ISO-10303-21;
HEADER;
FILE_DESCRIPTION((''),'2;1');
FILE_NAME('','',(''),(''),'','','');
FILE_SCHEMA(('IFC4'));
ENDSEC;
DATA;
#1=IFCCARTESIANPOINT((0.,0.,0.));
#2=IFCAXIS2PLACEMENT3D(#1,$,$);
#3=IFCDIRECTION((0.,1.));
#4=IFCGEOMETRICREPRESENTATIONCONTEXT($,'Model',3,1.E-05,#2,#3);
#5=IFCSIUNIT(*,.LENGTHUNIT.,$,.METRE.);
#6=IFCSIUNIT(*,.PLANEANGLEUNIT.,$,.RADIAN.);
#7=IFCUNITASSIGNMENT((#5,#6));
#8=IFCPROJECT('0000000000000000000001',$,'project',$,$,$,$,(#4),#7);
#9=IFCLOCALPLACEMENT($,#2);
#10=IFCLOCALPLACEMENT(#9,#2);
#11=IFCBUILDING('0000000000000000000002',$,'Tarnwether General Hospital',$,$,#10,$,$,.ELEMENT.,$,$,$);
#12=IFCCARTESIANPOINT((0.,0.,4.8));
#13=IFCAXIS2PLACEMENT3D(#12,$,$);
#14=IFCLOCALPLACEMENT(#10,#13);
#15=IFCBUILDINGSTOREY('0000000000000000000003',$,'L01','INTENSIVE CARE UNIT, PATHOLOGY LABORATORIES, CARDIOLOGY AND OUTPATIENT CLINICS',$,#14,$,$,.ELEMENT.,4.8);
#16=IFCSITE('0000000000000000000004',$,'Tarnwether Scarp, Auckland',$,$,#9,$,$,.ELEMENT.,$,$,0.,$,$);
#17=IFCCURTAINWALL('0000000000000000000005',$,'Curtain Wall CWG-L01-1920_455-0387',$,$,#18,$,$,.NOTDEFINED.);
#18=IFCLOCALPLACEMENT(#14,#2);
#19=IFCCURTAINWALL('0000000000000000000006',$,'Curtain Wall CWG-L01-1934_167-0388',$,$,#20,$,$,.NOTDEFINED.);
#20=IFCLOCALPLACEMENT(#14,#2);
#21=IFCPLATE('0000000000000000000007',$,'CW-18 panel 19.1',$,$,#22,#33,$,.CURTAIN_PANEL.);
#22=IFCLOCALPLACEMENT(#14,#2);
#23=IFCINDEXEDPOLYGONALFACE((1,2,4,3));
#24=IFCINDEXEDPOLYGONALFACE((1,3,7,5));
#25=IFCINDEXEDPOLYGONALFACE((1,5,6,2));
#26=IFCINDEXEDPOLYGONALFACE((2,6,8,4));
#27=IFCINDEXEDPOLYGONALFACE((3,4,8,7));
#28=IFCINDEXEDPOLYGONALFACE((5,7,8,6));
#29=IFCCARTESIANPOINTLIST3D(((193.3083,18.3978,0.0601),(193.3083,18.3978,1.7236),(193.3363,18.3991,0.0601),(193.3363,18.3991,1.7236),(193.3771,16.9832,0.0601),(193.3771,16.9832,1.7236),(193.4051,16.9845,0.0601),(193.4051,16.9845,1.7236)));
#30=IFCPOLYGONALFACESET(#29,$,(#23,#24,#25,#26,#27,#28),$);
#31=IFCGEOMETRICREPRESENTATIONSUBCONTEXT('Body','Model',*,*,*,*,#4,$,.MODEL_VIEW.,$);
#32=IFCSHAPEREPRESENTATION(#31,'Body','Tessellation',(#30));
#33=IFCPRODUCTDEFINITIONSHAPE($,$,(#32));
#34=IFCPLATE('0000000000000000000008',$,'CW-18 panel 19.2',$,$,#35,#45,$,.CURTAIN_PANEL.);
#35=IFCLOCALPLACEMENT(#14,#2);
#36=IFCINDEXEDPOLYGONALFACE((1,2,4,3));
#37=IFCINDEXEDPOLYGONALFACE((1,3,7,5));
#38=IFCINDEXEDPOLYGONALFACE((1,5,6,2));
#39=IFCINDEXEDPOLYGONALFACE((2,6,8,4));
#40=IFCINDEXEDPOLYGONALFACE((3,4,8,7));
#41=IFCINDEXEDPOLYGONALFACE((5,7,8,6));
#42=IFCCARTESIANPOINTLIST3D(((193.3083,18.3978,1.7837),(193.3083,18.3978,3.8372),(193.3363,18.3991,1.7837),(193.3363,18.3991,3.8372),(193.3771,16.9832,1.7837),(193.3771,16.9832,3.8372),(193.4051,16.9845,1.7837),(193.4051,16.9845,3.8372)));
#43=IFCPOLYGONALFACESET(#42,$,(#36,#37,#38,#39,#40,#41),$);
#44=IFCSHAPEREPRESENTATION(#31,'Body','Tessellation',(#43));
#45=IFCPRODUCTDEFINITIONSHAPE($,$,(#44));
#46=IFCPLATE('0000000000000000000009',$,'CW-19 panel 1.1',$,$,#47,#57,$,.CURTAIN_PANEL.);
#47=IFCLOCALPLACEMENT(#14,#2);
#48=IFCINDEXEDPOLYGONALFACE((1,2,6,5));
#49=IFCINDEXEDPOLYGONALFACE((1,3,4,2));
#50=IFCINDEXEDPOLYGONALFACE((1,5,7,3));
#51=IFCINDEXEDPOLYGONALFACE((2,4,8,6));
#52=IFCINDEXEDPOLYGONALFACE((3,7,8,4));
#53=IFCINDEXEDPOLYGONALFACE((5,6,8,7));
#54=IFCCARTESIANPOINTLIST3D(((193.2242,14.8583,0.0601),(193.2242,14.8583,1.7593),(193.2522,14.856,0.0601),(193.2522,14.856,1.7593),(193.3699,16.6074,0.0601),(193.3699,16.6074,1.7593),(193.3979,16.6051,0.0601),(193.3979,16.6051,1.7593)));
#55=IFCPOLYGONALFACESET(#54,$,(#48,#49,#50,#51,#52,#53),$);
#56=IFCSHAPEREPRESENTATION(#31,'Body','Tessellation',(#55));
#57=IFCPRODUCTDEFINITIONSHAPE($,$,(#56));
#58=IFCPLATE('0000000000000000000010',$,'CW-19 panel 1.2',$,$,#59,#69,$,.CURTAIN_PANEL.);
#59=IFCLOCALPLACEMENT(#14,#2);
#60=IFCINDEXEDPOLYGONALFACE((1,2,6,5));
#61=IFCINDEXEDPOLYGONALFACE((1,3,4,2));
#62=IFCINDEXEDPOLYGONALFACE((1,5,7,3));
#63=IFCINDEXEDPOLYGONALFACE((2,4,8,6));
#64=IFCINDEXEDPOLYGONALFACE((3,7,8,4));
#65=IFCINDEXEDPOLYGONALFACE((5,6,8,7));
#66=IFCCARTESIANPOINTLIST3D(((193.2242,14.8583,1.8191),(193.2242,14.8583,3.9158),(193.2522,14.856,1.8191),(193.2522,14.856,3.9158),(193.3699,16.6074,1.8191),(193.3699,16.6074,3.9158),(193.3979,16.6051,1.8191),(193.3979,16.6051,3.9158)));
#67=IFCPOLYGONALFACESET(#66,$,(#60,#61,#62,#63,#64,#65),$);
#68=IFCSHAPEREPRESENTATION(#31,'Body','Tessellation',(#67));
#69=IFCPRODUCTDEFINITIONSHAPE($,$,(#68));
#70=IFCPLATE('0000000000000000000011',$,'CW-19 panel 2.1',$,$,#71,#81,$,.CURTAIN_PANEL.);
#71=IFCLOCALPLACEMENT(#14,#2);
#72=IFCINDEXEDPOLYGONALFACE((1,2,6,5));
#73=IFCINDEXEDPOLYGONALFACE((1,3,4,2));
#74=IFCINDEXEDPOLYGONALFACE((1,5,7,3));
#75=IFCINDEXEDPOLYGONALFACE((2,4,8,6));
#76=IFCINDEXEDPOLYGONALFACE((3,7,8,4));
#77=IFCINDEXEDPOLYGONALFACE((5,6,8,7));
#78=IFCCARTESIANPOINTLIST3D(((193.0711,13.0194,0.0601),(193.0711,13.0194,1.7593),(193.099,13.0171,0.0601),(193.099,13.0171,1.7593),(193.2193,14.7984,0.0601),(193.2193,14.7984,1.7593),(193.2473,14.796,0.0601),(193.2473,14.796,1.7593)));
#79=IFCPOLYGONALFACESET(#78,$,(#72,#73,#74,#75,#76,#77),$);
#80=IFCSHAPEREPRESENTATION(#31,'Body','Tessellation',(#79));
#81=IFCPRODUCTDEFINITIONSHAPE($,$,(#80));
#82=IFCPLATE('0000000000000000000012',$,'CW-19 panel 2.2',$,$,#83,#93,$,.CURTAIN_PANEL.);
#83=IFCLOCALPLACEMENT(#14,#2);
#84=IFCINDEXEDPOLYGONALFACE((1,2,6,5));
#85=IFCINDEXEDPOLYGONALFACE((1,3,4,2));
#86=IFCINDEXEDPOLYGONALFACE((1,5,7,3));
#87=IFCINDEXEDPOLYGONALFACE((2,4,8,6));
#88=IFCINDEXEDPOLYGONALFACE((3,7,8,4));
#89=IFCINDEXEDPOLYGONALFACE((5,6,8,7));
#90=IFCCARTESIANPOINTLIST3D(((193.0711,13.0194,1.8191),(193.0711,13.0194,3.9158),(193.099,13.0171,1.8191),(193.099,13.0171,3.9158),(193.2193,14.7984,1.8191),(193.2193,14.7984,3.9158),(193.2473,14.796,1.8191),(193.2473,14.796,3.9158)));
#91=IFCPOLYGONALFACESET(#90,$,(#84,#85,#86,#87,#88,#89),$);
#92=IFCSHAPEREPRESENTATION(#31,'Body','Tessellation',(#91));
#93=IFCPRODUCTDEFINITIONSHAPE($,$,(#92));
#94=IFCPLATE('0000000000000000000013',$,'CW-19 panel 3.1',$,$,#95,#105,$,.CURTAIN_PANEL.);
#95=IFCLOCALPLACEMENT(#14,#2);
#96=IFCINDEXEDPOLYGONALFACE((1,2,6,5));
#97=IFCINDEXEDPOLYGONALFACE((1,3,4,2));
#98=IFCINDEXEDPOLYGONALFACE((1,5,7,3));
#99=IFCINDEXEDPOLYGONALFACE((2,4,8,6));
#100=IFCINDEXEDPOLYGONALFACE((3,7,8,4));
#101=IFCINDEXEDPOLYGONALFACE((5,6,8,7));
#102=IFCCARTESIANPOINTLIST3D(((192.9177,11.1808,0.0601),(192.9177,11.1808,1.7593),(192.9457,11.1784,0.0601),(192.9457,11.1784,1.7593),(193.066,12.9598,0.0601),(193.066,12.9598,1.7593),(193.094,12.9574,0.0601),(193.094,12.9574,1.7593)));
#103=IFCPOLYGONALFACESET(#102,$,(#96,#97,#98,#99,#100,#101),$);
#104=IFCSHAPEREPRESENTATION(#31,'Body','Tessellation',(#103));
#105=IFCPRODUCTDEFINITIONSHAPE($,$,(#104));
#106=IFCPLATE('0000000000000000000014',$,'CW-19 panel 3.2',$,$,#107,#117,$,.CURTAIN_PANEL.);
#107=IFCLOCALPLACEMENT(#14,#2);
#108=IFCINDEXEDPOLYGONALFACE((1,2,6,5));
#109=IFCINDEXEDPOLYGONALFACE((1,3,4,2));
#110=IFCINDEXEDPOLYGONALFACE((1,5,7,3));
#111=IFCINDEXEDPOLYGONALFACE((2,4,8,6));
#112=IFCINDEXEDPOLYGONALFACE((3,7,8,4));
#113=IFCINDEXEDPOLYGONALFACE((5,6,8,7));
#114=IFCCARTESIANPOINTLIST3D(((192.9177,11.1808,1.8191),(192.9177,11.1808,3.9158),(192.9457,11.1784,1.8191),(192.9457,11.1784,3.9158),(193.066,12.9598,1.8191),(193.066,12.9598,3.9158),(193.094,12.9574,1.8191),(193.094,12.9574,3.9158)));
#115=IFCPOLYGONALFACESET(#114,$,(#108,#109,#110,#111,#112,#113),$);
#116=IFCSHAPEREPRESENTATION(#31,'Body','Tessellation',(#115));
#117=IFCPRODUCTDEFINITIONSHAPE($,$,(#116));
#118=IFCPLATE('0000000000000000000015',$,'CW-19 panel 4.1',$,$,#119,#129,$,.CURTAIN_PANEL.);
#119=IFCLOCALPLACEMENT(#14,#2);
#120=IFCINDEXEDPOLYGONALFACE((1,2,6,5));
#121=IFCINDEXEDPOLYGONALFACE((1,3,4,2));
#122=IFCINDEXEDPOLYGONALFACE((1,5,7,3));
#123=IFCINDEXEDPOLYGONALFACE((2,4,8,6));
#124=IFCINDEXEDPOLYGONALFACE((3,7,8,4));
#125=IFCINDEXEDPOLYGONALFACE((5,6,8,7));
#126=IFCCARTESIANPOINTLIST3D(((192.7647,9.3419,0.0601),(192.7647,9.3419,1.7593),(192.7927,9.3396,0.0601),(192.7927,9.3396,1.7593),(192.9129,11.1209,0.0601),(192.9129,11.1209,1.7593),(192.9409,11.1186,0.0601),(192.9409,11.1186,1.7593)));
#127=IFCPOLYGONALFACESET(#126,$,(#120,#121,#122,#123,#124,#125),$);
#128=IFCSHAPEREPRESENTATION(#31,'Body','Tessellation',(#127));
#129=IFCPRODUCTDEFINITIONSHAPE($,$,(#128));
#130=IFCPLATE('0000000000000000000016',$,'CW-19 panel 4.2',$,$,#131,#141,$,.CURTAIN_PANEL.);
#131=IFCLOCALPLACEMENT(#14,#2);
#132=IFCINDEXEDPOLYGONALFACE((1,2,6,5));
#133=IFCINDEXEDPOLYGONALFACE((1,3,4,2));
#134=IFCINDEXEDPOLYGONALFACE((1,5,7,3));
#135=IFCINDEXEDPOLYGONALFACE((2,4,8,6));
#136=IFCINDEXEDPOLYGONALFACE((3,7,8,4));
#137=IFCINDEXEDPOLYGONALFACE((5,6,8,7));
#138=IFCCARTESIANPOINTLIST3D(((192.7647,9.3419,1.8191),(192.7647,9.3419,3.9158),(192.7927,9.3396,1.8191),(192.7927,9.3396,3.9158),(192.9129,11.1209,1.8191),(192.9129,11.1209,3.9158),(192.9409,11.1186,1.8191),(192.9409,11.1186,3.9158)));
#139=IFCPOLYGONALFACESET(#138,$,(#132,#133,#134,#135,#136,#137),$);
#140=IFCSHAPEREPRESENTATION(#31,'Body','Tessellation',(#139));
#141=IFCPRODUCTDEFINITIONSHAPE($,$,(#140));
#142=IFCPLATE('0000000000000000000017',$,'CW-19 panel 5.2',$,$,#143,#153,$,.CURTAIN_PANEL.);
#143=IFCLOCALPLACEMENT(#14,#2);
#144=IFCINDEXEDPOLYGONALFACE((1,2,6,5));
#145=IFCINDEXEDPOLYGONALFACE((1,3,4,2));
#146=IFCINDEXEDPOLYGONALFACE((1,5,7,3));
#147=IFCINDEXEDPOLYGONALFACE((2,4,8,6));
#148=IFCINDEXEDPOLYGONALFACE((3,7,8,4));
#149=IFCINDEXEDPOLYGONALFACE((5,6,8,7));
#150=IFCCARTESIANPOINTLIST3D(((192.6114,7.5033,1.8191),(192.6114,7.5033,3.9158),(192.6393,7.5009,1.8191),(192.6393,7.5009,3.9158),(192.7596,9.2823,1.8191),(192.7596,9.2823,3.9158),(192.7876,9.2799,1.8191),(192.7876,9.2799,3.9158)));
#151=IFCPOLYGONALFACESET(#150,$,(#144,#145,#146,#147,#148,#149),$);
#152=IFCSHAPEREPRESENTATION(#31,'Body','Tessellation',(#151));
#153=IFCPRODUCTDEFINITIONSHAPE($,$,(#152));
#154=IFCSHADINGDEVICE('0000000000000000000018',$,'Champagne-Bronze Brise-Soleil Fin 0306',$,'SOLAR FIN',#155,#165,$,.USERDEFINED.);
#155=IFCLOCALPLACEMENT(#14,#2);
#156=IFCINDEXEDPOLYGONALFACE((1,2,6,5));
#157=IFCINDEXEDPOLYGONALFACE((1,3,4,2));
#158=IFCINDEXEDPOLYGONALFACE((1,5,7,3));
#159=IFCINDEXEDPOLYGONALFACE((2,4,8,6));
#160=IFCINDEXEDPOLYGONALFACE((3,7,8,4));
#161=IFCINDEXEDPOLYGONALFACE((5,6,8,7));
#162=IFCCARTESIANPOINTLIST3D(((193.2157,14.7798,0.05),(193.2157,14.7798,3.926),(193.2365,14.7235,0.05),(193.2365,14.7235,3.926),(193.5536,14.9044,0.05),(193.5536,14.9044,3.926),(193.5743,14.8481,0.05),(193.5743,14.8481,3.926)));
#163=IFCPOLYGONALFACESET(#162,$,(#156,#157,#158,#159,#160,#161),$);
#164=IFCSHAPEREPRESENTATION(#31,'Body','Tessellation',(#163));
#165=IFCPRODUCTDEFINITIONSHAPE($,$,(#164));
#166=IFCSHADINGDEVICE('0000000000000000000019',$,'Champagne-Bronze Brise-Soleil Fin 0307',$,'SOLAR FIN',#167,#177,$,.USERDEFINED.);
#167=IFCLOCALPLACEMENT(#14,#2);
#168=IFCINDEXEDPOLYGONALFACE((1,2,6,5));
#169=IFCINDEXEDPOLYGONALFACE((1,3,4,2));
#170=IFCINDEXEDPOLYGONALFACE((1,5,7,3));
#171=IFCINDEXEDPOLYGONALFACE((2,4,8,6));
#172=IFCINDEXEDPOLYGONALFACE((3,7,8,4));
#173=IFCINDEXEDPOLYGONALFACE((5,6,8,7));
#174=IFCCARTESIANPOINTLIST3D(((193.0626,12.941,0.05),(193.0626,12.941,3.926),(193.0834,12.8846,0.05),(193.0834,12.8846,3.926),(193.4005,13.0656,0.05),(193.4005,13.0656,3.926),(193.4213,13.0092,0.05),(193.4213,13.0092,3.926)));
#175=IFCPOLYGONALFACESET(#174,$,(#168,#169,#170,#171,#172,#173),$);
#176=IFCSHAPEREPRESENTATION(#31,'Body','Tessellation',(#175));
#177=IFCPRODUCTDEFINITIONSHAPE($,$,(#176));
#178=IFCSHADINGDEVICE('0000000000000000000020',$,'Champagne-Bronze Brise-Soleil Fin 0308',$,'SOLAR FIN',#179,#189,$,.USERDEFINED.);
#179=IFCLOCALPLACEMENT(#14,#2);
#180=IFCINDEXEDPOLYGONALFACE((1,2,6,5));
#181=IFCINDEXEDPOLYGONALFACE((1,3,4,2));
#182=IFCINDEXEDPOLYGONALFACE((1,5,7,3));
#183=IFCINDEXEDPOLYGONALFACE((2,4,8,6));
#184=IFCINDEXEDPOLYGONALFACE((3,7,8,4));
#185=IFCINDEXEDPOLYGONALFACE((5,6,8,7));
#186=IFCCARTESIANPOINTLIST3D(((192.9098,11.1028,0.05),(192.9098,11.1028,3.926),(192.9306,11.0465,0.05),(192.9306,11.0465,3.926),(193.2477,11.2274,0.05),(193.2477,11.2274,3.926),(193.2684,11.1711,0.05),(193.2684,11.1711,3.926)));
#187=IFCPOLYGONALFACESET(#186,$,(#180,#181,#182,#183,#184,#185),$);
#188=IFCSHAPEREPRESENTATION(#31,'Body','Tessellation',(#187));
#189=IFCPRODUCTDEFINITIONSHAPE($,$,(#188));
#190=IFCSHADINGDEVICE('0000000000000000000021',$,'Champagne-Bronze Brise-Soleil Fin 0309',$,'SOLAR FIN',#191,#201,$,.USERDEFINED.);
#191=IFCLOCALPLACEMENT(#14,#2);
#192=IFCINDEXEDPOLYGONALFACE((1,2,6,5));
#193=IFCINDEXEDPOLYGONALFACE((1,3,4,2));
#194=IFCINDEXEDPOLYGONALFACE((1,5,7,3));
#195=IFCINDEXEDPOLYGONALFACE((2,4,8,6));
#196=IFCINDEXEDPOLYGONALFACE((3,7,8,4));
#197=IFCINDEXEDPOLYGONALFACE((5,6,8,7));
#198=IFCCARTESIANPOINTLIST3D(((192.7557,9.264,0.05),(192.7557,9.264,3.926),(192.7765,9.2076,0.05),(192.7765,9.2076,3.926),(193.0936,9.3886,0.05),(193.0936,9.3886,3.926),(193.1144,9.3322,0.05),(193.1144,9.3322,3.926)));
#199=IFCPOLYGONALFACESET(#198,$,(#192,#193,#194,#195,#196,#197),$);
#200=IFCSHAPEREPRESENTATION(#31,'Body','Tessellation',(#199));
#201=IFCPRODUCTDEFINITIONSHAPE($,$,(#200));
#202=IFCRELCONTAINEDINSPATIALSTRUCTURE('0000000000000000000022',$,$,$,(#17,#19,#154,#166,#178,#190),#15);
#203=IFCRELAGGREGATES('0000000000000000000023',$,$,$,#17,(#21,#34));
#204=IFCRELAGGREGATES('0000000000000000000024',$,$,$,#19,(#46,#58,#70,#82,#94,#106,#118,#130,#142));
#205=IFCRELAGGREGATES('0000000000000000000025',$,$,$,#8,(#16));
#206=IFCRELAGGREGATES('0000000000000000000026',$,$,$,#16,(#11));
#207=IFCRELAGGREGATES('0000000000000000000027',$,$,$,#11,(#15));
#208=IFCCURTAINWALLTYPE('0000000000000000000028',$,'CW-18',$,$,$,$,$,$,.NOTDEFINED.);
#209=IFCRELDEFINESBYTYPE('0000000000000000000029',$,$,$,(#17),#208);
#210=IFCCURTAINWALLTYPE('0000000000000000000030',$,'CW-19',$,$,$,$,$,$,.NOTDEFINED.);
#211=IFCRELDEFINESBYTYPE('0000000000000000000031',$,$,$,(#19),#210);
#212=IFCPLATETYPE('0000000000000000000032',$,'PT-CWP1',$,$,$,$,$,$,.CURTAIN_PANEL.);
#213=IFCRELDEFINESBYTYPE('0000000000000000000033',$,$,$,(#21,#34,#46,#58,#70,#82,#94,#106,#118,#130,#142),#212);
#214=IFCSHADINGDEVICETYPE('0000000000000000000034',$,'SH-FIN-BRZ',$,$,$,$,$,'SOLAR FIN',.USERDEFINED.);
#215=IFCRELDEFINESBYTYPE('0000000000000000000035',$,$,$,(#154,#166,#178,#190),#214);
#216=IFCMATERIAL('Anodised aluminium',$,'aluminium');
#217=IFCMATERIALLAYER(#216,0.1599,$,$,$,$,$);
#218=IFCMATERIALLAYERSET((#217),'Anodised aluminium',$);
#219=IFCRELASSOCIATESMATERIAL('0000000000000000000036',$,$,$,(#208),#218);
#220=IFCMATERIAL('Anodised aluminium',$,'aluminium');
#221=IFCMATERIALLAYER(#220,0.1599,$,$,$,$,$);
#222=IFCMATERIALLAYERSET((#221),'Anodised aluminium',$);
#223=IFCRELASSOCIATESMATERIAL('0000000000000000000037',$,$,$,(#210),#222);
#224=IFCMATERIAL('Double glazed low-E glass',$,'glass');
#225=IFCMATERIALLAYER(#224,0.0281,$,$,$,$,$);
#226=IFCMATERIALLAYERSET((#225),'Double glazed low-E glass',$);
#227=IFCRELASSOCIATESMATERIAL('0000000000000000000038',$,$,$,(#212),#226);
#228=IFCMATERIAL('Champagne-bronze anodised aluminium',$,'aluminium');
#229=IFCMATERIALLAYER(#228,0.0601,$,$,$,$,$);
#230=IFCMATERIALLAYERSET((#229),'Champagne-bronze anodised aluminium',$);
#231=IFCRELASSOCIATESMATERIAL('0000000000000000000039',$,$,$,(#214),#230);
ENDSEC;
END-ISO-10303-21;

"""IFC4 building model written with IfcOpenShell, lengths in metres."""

from ifc_helpers import new_model, si_unit, direction, frame, origin, origin_2d, place, context, subcontext, project, spatial, rectangle, extrude, material, layer, layer_set, type_object, element, aggregate, save


model = new_model("IFC4")

# Units and contexts
model_context = context("Model", 3, precision=1e-05, world=origin(), true_north=direction((0.0, 1.0)))
body_context = subcontext(model_context, "Body", "Model", "MODEL_VIEW")
ifc_project = project(units=[si_unit("LENGTHUNIT", "METRE"), si_unit("PLANEANGLEUNIT", "RADIAN")], contexts=[model_context])

# Site, building, storey
site_placement = place(None, origin())
site = spatial("IfcSite", under=ifc_project, at=site_placement, Name="Tarnwether Scarp, Auckland", CompositionType="ELEMENT", RefElevation=0.0)
building_placement = place(site_placement, origin())
building = spatial("IfcBuilding", under=site, at=building_placement, Name="Tarnwether General Hospital", CompositionType="ELEMENT")
storey_placement = place(building_placement, frame((0.0, 0.0, 4.8)))
storey = spatial("IfcBuildingStorey", under=building, at=storey_placement, Name="L01", Description="INTENSIVE CARE UNIT, PATHOLOGY LABORATORIES, CARDIOLOGY AND OUTPATIENT CLINICS", CompositionType="ELEMENT", Elevation=4.8)

# Curtain wall
ifc_material_1 = material(Name="Anodised aluminium", Category="aluminium")
ifc_layer_1 = layer(ifc_material_1, 0.1599)
ifc_layer_set_1 = layer_set([ifc_layer_1], Name="Anodised aluminium")
curtain_wall_type_1 = type_object("IfcCurtainWallType", Name="CW-18", PredefinedType="NOTDEFINED", material=ifc_layer_set_1)
curtain_wall_1_placement = place(storey_placement, origin())
curtain_wall_1 = element("IfcCurtainWall", 1, at=curtain_wall_1_placement, inside=storey, type_object=curtain_wall_type_1, Name="Curtain Wall CWG-L01-1920_455-0387", PredefinedType="NOTDEFINED")

# Curtain wall
ifc_material_2 = material(Name="Anodised aluminium", Category="aluminium")
ifc_layer_2 = layer(ifc_material_2, 0.1599)
ifc_layer_set_2 = layer_set([ifc_layer_2], Name="Anodised aluminium")
curtain_wall_type_2 = type_object("IfcCurtainWallType", Name="CW-19", PredefinedType="NOTDEFINED", material=ifc_layer_set_2)
curtain_wall_2_placement = place(storey_placement, origin())
curtain_wall_2 = element("IfcCurtainWall", 2, at=curtain_wall_2_placement, inside=storey, type_object=curtain_wall_type_2, Name="Curtain Wall CWG-L01-1934_167-0388", PredefinedType="NOTDEFINED")

# Plates
ifc_material_3 = material(Name="Double glazed low-E glass", Category="glass")
ifc_layer_3 = layer(ifc_material_3, 0.0281)
ifc_layer_set_3 = layer_set([ifc_layer_3], Name="Double glazed low-E glass")
plate_type = type_object("IfcPlateType", Name="PT-CWP1", PredefinedType="CURTAIN_PANEL", material=ifc_layer_set_3)
plate_1_placement = place(storey_placement, frame((193.3567, 17.6912, 0.0601), z_axis=(0.0, 0.0, 1.0), x_axis=(0.04857, -0.99882, 0.0)))
plate_1 = element("IfcPlate", 3, at=plate_1_placement, type_object=plate_type, Name="CW-18 panel 19.1", PredefinedType="CURTAIN_PANEL", context=body_context, shape_type="SweptSolid", body=[
    extrude(rectangle(XDim=1.4163, YDim=0.0281, at=origin_2d()), origin(), (0.0, 0.0, 1.0), 1.6636),
])
plate_2_placement = place(storey_placement, frame((193.3567, 17.6912, 1.7837), z_axis=(0.0, 0.0, 1.0), x_axis=(0.04857, -0.99882, 0.0)))
plate_2 = element("IfcPlate", 4, at=plate_2_placement, type_object=plate_type, Name="CW-18 panel 19.2", PredefinedType="CURTAIN_PANEL", context=body_context, shape_type="SweptSolid", body=[
    extrude(rectangle(XDim=1.4163, YDim=0.0281, at=origin_2d()), origin(), (0.0, 0.0, 1.0), 2.0535),
])
aggregate(curtain_wall_1, [plate_1, plate_2])
plate_3_placement = place(storey_placement, frame((193.311, 15.7317, 0.0601), z_axis=(0.0, 0.0, 1.0), x_axis=(-0.08304, -0.996546, 0.0)))
plate_3 = element("IfcPlate", 5, at=plate_3_placement, type_object=plate_type, Name="CW-19 panel 1.1", PredefinedType="CURTAIN_PANEL", context=body_context, shape_type="SweptSolid", body=[
    extrude(rectangle(XDim=1.7551, YDim=0.0281, at=origin_2d()), origin(), (0.0, 0.0, 1.0), 1.6992),
])
plate_4_placement = place(storey_placement, frame((193.311, 15.7317, 1.8191), z_axis=(0.0, 0.0, 1.0), x_axis=(-0.08304, -0.996546, 0.0)))
plate_4 = element("IfcPlate", 6, at=plate_4_placement, type_object=plate_type, Name="CW-19 panel 1.2", PredefinedType="CURTAIN_PANEL", context=body_context, shape_type="SweptSolid", body=[
    extrude(rectangle(XDim=1.7551, YDim=0.0281, at=origin_2d()), origin(), (0.0, 0.0, 1.0), 2.0967),
])
plate_5_placement = place(storey_placement, frame((193.1592, 13.9077, 0.0601), z_axis=(0.0, 0.0, 1.0), x_axis=(-0.08304, -0.996546, 0.0)))
plate_5 = element("IfcPlate", 7, at=plate_5_placement, type_object=plate_type, Name="CW-19 panel 2.1", PredefinedType="CURTAIN_PANEL", context=body_context, shape_type="SweptSolid", body=[
    extrude(rectangle(XDim=1.7852, YDim=0.0281, at=origin_2d()), origin(), (0.0, 0.0, 1.0), 1.6992),
])
plate_6_placement = place(storey_placement, frame((193.1592, 13.9077, 1.8191), z_axis=(0.0, 0.0, 1.0), x_axis=(-0.08304, -0.996546, 0.0)))
plate_6 = element("IfcPlate", 8, at=plate_6_placement, type_object=plate_type, Name="CW-19 panel 2.2", PredefinedType="CURTAIN_PANEL", context=body_context, shape_type="SweptSolid", body=[
    extrude(rectangle(XDim=1.7852, YDim=0.0281, at=origin_2d()), origin(), (0.0, 0.0, 1.0), 2.0967),
])
plate_7_placement = place(storey_placement, frame((193.0059, 12.0691, 0.0601), z_axis=(0.0, 0.0, 1.0), x_axis=(-0.08304, -0.996546, 0.0)))
plate_7 = element("IfcPlate", 9, at=plate_7_placement, type_object=plate_type, Name="CW-19 panel 3.1", PredefinedType="CURTAIN_PANEL", context=body_context, shape_type="SweptSolid", body=[
    extrude(rectangle(XDim=1.7852, YDim=0.0281, at=origin_2d()), origin(), (0.0, 0.0, 1.0), 1.6992),
])
plate_8_placement = place(storey_placement, frame((193.0059, 12.0691, 1.8191), z_axis=(0.0, 0.0, 1.0), x_axis=(-0.08304, -0.996546, 0.0)))
plate_8 = element("IfcPlate", 10, at=plate_8_placement, type_object=plate_type, Name="CW-19 panel 3.2", PredefinedType="CURTAIN_PANEL", context=body_context, shape_type="SweptSolid", body=[
    extrude(rectangle(XDim=1.7852, YDim=0.0281, at=origin_2d()), origin(), (0.0, 0.0, 1.0), 2.0967),
])
plate_9_placement = place(storey_placement, frame((192.8528, 10.2302, 0.0601), z_axis=(0.0, 0.0, 1.0), x_axis=(-0.08304, -0.996546, 0.0)))
plate_9 = element("IfcPlate", 11, at=plate_9_placement, type_object=plate_type, Name="CW-19 panel 4.1", PredefinedType="CURTAIN_PANEL", context=body_context, shape_type="SweptSolid", body=[
    extrude(rectangle(XDim=1.7852, YDim=0.0281, at=origin_2d()), origin(), (0.0, 0.0, 1.0), 1.6992),
])
plate_10_placement = place(storey_placement, frame((192.8528, 10.2302, 1.8191), z_axis=(0.0, 0.0, 1.0), x_axis=(-0.08304, -0.996546, 0.0)))
plate_10 = element("IfcPlate", 12, at=plate_10_placement, type_object=plate_type, Name="CW-19 panel 4.2", PredefinedType="CURTAIN_PANEL", context=body_context, shape_type="SweptSolid", body=[
    extrude(rectangle(XDim=1.7852, YDim=0.0281, at=origin_2d()), origin(), (0.0, 0.0, 1.0), 2.0967),
])
plate_11_placement = place(storey_placement, frame((192.6995, 8.3916, 1.8191), z_axis=(0.0, 0.0, 1.0), x_axis=(-0.08304, -0.996546, 0.0)))
plate_11 = element("IfcPlate", 13, at=plate_11_placement, type_object=plate_type, Name="CW-19 panel 5.2", PredefinedType="CURTAIN_PANEL", context=body_context, shape_type="SweptSolid", body=[
    extrude(rectangle(XDim=1.7852, YDim=0.0281, at=origin_2d()), origin(), (0.0, 0.0, 1.0), 2.0967),
])
aggregate(curtain_wall_2, [plate_3, plate_4, plate_5, plate_6, plate_7, plate_8, plate_9, plate_10, plate_11])

# Shading devices
ifc_material_4 = material(Name="Champagne-bronze anodised aluminium", Category="aluminium")
ifc_layer_4 = layer(ifc_material_4, 0.0601)
ifc_layer_set_4 = layer_set([ifc_layer_4], Name="Champagne-bronze anodised aluminium")
shading_device_type = type_object("IfcShadingDeviceType", Name="SH-FIN-BRZ", ElementType="SOLAR FIN", PredefinedType="USERDEFINED", material=ifc_layer_set_4)
for number, where, z_axis, x_axis, name in (
    (14, (193.395, 14.814, 0.05), (0.0, 0.0, 1.0), (0.345953, -0.938252, 0.0), "Champagne-Bronze Brise-Soleil Fin 0306"),
    (15, (193.2419, 12.9751, 0.05), (0.0, 0.0, 1.0), (0.345953, -0.938252, 0.0), "Champagne-Bronze Brise-Soleil Fin 0307"),
    (16, (193.0891, 11.137, 0.05), (0.0, 0.0, 1.0), (0.345953, -0.938252, 0.0), "Champagne-Bronze Brise-Soleil Fin 0308"),
    (17, (192.9351, 9.2981, 0.05), (0.0, 0.0, 1.0), (0.345953, -0.938252, 0.0), "Champagne-Bronze Brise-Soleil Fin 0309"),
):
    element("IfcShadingDevice", number, at=place(storey_placement, frame(where, z_axis=z_axis, x_axis=x_axis)), inside=storey, type_object=shading_device_type, Name=name, ObjectType="SOLAR FIN", PredefinedType="USERDEFINED", context=body_context, shape_type="SweptSolid", body=[
        extrude(rectangle(XDim=0.0601, YDim=0.3601, at=origin_2d()), origin(), (0.0, 0.0, 1.0), 3.876),
    ])

save(model, "model.ifc")
